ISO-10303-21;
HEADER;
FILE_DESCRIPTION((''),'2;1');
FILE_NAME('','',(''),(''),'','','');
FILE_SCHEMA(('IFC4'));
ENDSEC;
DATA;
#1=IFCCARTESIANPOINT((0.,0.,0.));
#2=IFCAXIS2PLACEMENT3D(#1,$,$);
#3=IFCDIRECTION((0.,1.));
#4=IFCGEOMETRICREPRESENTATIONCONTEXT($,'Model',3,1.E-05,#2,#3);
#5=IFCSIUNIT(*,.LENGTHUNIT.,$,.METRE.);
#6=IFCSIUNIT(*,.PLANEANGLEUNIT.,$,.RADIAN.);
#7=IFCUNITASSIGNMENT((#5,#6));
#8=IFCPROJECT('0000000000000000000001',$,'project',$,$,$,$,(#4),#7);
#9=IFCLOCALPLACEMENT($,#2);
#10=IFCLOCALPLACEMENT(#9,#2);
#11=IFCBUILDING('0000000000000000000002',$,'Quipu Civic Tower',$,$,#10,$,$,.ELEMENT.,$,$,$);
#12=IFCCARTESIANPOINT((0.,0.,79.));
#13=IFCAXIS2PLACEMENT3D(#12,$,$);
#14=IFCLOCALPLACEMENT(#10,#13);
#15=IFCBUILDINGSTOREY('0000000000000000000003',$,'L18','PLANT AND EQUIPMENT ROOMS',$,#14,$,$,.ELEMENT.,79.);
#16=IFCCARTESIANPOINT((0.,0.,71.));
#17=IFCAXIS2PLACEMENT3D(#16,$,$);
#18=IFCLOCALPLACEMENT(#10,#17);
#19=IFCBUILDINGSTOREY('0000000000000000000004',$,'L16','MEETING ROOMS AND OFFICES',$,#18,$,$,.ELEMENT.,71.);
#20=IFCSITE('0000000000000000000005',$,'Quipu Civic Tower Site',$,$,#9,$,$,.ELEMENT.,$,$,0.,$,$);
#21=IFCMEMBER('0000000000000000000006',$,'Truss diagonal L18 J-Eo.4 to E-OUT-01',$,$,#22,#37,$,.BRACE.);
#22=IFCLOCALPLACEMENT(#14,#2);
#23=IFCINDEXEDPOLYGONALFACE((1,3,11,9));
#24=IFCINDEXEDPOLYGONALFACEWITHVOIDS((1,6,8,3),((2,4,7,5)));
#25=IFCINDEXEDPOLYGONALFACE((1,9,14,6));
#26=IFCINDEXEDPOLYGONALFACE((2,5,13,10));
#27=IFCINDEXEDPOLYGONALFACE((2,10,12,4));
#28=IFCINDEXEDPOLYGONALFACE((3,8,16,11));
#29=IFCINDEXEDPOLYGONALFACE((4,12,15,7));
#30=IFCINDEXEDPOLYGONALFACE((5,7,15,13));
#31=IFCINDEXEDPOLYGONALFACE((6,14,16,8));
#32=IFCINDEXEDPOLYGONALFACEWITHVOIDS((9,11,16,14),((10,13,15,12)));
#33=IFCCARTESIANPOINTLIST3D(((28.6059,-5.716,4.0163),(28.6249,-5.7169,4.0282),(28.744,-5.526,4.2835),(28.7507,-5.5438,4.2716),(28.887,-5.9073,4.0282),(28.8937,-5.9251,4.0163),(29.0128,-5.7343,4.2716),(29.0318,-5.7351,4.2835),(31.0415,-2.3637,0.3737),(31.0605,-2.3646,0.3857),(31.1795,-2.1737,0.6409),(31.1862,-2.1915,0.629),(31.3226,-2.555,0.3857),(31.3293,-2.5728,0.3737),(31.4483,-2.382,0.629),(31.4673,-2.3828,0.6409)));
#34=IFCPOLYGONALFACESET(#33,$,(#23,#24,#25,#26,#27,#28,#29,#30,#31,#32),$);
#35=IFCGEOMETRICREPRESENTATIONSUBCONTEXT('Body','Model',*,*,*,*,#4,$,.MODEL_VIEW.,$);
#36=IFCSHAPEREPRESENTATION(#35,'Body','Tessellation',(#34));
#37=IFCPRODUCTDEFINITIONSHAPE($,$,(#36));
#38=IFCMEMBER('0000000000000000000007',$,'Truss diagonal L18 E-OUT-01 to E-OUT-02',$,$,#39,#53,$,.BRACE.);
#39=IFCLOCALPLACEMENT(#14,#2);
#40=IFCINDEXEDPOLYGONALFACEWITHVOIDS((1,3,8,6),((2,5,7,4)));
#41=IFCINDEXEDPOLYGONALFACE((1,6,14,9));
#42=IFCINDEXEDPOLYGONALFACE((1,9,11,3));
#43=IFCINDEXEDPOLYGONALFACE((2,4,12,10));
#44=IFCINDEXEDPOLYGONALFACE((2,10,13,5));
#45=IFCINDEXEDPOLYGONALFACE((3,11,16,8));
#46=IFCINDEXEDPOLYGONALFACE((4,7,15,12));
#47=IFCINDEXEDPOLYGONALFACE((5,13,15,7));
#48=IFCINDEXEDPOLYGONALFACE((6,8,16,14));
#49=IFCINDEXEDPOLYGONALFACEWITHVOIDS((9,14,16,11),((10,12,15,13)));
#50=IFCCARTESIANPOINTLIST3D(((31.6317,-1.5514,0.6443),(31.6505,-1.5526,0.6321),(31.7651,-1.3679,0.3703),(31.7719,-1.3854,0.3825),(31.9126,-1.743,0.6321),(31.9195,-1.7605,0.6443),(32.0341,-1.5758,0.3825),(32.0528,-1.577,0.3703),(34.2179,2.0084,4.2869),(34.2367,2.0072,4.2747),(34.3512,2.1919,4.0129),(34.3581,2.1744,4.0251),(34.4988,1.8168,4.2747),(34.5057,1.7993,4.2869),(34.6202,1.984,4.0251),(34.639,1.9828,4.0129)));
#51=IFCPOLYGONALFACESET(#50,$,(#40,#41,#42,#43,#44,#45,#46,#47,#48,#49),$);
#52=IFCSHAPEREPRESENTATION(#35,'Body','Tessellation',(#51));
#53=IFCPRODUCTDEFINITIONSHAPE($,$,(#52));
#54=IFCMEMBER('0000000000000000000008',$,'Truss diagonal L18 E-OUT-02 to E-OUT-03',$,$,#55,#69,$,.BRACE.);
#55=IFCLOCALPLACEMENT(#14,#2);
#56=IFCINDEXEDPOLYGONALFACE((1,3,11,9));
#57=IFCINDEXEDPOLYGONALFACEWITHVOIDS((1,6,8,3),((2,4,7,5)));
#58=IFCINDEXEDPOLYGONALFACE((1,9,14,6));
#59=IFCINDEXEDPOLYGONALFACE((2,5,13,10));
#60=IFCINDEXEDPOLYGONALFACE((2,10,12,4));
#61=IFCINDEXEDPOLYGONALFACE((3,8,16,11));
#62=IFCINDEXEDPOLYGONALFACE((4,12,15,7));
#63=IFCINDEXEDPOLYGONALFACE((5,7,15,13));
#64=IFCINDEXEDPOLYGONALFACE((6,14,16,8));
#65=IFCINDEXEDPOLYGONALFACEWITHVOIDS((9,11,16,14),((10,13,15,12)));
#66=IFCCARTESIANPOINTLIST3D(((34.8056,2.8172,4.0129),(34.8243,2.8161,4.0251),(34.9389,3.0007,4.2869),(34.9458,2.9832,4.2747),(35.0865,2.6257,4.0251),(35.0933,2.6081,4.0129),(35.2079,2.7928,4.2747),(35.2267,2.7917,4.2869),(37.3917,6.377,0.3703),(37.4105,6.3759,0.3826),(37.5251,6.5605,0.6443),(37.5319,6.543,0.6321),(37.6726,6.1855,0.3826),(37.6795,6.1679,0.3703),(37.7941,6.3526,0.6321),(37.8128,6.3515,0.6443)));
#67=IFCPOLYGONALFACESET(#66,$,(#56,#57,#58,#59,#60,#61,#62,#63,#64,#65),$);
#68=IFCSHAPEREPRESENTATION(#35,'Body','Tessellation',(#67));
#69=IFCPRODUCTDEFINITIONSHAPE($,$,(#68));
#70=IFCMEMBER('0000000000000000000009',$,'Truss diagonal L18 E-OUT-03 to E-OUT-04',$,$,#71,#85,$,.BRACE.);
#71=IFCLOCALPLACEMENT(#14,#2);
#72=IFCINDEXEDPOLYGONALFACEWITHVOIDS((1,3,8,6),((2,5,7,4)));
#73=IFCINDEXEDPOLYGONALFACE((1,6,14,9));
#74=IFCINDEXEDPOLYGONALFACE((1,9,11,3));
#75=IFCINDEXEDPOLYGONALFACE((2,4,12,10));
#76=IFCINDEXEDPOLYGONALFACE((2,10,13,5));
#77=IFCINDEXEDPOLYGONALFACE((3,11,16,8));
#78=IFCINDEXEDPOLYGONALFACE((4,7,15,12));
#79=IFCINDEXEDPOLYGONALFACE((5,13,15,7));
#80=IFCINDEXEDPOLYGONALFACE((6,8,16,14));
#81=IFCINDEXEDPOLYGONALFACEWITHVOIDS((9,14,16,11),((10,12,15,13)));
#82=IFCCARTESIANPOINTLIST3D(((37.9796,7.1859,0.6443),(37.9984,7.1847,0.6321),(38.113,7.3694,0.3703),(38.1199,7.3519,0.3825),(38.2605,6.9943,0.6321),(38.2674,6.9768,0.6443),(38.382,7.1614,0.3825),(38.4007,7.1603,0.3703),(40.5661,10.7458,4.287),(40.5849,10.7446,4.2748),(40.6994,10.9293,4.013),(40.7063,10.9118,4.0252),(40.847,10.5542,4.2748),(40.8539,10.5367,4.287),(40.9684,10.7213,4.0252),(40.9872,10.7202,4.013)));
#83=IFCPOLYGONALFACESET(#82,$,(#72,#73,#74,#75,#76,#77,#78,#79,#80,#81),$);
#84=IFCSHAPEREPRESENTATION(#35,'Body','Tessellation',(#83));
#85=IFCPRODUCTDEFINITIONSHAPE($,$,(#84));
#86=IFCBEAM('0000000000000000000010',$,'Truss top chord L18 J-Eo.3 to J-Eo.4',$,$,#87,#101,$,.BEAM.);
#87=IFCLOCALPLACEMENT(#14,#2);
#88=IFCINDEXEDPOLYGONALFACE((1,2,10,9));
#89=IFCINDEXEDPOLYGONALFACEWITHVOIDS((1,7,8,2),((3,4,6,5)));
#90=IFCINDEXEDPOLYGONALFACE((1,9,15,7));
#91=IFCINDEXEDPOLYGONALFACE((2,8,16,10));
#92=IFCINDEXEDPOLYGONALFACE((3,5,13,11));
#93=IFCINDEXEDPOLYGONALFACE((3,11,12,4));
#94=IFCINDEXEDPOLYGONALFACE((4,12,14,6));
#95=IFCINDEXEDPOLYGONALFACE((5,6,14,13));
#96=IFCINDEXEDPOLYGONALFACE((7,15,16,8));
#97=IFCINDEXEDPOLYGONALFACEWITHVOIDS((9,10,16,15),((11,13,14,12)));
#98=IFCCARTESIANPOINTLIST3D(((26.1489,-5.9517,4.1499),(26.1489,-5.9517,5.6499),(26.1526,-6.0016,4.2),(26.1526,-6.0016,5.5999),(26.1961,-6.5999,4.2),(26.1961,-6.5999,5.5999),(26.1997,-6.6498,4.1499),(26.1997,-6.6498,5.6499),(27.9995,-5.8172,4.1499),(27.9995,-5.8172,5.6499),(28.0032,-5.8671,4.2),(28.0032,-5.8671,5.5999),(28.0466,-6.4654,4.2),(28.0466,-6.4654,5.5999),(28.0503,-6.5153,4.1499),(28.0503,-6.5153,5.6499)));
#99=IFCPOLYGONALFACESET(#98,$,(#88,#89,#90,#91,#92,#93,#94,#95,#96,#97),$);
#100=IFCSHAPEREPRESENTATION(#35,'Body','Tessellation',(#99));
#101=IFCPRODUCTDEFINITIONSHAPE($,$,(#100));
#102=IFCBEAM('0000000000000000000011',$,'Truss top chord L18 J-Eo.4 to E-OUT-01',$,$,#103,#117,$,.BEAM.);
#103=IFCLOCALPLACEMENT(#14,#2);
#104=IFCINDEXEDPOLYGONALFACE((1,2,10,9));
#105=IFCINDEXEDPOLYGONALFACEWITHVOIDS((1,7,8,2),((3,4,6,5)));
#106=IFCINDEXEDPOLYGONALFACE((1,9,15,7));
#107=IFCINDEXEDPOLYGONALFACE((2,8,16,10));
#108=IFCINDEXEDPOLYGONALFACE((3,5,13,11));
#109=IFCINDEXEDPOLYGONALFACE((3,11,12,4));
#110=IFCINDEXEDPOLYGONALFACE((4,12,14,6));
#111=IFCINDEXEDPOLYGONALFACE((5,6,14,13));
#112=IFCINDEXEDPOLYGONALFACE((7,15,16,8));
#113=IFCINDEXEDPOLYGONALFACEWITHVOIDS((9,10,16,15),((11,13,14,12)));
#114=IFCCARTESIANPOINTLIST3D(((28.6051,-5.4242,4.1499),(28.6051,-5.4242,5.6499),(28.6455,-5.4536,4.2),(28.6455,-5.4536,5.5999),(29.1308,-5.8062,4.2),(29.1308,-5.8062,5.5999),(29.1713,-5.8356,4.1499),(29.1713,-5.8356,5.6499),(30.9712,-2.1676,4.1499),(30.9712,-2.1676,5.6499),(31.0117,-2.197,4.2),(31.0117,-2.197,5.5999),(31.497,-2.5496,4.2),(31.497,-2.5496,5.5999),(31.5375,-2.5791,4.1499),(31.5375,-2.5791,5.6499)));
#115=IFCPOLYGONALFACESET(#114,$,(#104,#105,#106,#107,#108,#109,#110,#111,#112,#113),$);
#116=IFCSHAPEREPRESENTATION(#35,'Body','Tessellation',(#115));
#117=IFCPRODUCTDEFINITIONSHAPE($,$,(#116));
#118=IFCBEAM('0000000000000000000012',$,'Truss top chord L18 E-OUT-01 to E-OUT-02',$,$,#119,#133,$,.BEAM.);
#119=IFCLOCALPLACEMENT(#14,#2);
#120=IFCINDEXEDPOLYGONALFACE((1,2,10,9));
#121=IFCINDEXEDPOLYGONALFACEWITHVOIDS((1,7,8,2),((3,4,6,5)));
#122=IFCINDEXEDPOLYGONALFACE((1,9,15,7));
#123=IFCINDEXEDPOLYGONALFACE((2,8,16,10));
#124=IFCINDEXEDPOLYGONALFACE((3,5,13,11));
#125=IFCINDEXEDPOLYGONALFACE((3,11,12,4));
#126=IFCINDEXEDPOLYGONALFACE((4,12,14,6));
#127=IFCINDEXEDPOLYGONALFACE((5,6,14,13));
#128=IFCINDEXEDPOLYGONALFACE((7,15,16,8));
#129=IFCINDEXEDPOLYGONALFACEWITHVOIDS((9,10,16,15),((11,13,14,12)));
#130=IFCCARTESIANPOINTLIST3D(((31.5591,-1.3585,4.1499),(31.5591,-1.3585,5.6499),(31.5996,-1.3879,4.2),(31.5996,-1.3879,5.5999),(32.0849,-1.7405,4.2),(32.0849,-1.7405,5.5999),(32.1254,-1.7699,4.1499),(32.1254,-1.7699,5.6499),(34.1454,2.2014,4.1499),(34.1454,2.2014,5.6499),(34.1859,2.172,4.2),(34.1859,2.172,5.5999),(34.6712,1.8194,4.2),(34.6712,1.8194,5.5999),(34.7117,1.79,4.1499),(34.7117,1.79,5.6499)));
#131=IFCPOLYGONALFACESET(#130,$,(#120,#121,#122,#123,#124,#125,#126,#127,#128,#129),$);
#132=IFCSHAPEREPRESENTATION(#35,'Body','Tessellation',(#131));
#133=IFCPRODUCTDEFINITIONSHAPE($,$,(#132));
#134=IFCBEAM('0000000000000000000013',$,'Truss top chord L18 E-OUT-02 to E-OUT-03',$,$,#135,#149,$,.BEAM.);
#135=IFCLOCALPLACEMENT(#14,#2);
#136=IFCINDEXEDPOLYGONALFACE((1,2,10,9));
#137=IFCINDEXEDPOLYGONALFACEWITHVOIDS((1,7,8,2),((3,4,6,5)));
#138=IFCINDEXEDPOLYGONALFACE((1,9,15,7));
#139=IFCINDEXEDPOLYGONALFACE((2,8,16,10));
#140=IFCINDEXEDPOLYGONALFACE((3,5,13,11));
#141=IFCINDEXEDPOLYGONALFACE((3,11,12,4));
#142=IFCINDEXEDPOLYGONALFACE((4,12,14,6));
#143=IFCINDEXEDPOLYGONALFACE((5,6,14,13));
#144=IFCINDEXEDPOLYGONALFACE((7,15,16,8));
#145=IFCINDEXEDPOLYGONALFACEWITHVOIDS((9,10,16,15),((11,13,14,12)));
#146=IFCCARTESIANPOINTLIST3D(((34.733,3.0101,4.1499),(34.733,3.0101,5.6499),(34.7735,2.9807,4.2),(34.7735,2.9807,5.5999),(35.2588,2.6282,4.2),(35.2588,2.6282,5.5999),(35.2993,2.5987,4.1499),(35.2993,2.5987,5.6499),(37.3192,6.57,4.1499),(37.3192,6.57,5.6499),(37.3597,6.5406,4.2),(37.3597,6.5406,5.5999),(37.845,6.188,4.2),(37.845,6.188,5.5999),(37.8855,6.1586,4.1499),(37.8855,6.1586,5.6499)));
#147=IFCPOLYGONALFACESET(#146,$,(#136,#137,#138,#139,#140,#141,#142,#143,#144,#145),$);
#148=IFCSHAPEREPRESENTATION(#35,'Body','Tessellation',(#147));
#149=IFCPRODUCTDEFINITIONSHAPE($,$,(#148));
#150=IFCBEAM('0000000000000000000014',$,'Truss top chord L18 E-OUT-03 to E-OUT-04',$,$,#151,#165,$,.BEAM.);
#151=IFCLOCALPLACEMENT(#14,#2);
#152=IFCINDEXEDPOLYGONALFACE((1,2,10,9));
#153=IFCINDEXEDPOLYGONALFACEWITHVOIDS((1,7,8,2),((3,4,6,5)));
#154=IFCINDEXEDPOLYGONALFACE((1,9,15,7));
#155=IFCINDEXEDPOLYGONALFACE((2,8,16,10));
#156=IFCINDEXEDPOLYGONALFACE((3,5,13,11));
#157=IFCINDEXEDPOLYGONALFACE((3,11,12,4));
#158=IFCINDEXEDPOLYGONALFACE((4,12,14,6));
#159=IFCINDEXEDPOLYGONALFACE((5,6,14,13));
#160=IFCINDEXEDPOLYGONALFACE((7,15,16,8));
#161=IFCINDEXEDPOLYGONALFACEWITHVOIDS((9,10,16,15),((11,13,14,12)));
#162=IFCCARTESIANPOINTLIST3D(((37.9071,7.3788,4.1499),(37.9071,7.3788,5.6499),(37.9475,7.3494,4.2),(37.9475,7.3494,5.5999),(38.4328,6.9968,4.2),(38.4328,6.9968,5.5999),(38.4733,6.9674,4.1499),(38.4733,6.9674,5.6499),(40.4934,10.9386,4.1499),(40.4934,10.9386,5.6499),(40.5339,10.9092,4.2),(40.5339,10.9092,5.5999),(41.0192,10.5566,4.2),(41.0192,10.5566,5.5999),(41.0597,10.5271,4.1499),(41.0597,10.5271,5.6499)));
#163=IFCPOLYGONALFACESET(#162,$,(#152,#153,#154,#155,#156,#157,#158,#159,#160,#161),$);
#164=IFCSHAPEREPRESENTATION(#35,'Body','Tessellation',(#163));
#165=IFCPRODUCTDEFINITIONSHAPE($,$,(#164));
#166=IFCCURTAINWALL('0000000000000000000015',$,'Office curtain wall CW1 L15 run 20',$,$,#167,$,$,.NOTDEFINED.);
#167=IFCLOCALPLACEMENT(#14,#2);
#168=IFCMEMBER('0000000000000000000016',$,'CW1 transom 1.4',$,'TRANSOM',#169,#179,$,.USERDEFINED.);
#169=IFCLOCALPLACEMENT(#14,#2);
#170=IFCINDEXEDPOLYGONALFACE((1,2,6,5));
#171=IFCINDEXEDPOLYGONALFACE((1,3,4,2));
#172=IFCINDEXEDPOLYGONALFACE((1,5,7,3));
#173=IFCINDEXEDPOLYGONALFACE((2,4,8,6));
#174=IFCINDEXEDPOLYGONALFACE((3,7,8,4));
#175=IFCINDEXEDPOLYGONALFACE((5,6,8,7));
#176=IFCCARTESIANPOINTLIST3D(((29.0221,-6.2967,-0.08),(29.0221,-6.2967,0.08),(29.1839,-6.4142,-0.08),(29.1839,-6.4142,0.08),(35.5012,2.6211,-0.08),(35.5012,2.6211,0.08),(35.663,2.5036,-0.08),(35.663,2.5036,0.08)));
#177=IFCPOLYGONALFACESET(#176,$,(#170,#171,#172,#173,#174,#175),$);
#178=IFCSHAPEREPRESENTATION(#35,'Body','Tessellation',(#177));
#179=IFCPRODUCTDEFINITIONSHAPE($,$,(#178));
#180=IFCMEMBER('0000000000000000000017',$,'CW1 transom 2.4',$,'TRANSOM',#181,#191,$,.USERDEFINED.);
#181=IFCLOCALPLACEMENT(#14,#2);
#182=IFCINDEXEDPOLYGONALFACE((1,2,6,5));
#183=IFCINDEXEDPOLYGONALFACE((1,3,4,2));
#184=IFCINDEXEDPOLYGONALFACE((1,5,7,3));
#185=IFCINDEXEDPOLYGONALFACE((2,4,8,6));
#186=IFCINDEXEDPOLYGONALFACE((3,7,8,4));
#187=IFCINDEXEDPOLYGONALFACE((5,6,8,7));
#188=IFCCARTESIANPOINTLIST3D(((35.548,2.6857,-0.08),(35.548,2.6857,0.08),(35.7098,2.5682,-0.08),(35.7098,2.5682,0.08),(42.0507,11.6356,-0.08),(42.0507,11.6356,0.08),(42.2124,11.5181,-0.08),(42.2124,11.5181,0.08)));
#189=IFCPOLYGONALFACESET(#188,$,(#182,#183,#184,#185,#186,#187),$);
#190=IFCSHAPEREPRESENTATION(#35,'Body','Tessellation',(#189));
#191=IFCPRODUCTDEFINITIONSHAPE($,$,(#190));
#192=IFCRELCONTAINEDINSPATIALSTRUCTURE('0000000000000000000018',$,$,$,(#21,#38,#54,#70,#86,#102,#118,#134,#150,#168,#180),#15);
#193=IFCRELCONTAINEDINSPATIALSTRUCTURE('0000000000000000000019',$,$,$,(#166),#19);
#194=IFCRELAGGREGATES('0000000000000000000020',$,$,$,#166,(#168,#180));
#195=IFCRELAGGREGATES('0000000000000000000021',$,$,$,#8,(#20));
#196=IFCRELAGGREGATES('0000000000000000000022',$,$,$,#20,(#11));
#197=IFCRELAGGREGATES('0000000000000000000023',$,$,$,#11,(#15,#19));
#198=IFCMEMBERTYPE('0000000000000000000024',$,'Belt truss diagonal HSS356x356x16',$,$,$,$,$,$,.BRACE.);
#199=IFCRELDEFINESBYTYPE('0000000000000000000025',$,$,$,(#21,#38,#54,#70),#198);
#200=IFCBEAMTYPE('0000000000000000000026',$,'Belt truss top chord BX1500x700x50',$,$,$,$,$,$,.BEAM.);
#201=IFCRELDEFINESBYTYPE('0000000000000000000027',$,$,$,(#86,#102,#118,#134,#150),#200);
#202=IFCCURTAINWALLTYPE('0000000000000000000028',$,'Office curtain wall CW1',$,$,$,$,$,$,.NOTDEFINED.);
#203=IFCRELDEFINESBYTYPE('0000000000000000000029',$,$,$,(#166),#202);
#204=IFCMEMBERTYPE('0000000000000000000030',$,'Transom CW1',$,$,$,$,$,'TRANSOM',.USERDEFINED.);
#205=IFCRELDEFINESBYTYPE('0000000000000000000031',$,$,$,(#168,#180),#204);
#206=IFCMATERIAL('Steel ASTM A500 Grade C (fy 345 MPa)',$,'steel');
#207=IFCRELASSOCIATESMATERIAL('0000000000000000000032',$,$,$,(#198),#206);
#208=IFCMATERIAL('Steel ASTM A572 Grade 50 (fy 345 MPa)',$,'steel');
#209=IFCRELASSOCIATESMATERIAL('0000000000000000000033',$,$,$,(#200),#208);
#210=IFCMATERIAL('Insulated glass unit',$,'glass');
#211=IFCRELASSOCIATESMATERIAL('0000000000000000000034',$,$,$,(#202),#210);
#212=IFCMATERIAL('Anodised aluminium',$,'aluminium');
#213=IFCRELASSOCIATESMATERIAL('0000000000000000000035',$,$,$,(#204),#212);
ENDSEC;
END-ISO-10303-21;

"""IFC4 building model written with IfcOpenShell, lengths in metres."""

from ifc_helpers import new_model, si_unit, direction, frame, origin, origin_2d, place, context, subcontext, project, spatial, rectangle, hollow_rectangle, extrude, material, material_profile, profile_set, type_object, element, aggregate, save


model = new_model("IFC4")

# Units and contexts
model_context = context("Model", 3, precision=1e-05, world=origin(), true_north=direction((0.0, 1.0)))
body_context = subcontext(model_context, "Body", "Model", "MODEL_VIEW")
ifc_project = project(units=[si_unit("LENGTHUNIT", "METRE"), si_unit("PLANEANGLEUNIT", "RADIAN")], contexts=[model_context])

# Site, building, storey
site_placement = place(None, origin())
site = spatial("IfcSite", under=ifc_project, at=site_placement, Name="Quipu Civic Tower Site", CompositionType="ELEMENT", RefElevation=0.0)
building_placement = place(site_placement, origin())
building = spatial("IfcBuilding", under=site, at=building_placement, Name="Quipu Civic Tower", CompositionType="ELEMENT")
storey_1_placement = place(building_placement, frame((0.0, 0.0, 79.0)))
storey_1 = spatial("IfcBuildingStorey", under=building, at=storey_1_placement, Name="L18", Description="PLANT AND EQUIPMENT ROOMS", CompositionType="ELEMENT", Elevation=79.0)

# Members
ifc_material_1 = material(Name="Steel ASTM A500 Grade C (fy 345 MPa)", Category="steel")
ifc_material_profile_1 = material_profile(ifc_material_1, hollow_rectangle(XDim=0.3557, YDim=0.3557, WallThickness=0.0159, at=origin_2d()), Name="HSS356x356x16")
ifc_profile_set_1 = profile_set([ifc_material_profile_1], Name="Steel ASTM A500 Grade C (fy 345 MPa)")
member_type_1 = type_object("IfcMemberType", Name="Belt truss diagonal HSS356x356x16", PredefinedType="BRACE", material=ifc_profile_set_1)
member_1_placement = place(storey_1_placement, frame((28.8188, -5.7256, 4.1499), z_axis=(0.441456, 0.607621, -0.660237), x_axis=(-0.809021, 0.587779, 0.0)))
element("IfcMember", 1, at=member_1_placement, inside=storey_1, type_object=member_type_1, Name="Truss diagonal L18 J-Eo.4 to E-OUT-01", PredefinedType="BRACE", context=body_context, shape_type="SweptSolid", body=[
    extrude(hollow_rectangle(XDim=0.3557, YDim=0.3557, WallThickness=0.0159, at=origin_2d()), origin(), (0.0, 0.0, 1.0), 5.5171),
])
for number, where, z_axis, x_axis, name in (
    (2, (31.8423, -1.5642, 0.5073), (0.452749, 0.623197, 0.637686), (-0.809036, 0.587759, 0.0), "Truss diagonal L18 E-OUT-01 to E-OUT-02"),
    (3, (35.0161, 2.8044, 4.1499), (0.452749, 0.623197, -0.637686), (-0.809036, 0.587759, 0.0), "Truss diagonal L18 E-OUT-02 to E-OUT-03"),
):
    element("IfcMember", number, at=place(storey_1_placement, frame(where, z_axis=z_axis, x_axis=x_axis)), inside=storey_1, type_object=member_type_1, Name=name, PredefinedType="BRACE", context=body_context, shape_type="SweptSolid", body=[
        extrude(hollow_rectangle(XDim=0.3557, YDim=0.3557, WallThickness=0.0159, at=origin_2d()), origin(), (0.0, 0.0, 1.0), 5.7122),
    ])
member_2_placement = place(storey_1_placement, frame((38.1902, 7.1731, 0.5073), z_axis=(0.452783, 0.623185, 0.637674), x_axis=(-0.80901, 0.587796, 0.0)))
element("IfcMember", 4, at=member_2_placement, inside=storey_1, type_object=member_type_1, Name="Truss diagonal L18 E-OUT-03 to E-OUT-04", PredefinedType="BRACE", context=body_context, shape_type="SweptSolid", body=[
    extrude(hollow_rectangle(XDim=0.3557, YDim=0.3557, WallThickness=0.0159, at=origin_2d()), origin(), (0.0, 0.0, 1.0), 5.7124),
])

# Beams
ifc_material_2 = material(Name="Steel ASTM A572 Grade 50 (fy 345 MPa)", Category="steel")
ifc_material_profile_2 = material_profile(ifc_material_2, hollow_rectangle(XDim=0.7, YDim=1.5, WallThickness=0.05, at=origin_2d()), Name="BX1500x700x50")
ifc_profile_set_2 = profile_set([ifc_material_profile_2], Name="Steel ASTM A572 Grade 50 (fy 345 MPa)")
beam_type_1 = type_object("IfcBeamType", Name="Belt truss top chord BX1500x700x50", PredefinedType="BEAM", material=ifc_profile_set_2)
beam_1_placement = place(storey_1_placement, frame((26.1743, -6.3008, 4.8999), z_axis=(0.997368, 0.0725, 0.0), x_axis=(-0.0725, 0.997368, 0.0)))
element("IfcBeam", 5, at=beam_1_placement, inside=storey_1, type_object=beam_type_1, Name="Truss top chord L18 J-Eo.3 to J-Eo.4", PredefinedType="BEAM", context=body_context, shape_type="SweptSolid", body=[
    extrude(hollow_rectangle(XDim=0.7, YDim=1.5, WallThickness=0.05, at=origin_2d()), origin(), (0.0, 0.0, 1.0), 1.8555),
])
beam_2_placement = place(storey_1_placement, frame((28.8882, -5.6299, 4.8999), z_axis=(0.587811, 0.808998, 0.0), x_axis=(-0.808998, 0.587811, 0.0)))
element("IfcBeam", 6, at=beam_2_placement, inside=storey_1, type_object=beam_type_1, Name="Truss top chord L18 J-Eo.4 to E-OUT-01", PredefinedType="BEAM", context=body_context, shape_type="SweptSolid", body=[
    extrude(hollow_rectangle(XDim=0.7, YDim=1.5, WallThickness=0.05, at=origin_2d()), origin(), (0.0, 0.0, 1.0), 4.0254),
])
for number, where, z_axis, x_axis, name in (
    (7, (31.8423, -1.5642, 4.8999), (0.587759, 0.809036, 0.0), (-0.809036, 0.587759, 0.0), "Truss top chord L18 E-OUT-01 to E-OUT-02"),
    (8, (35.0161, 2.8044, 4.8999), (0.587759, 0.809036, 0.0), (-0.809036, 0.587759, 0.0), "Truss top chord L18 E-OUT-02 to E-OUT-03"),
    (9, (38.1902, 7.1731, 4.8999), (0.587796, 0.80901, 0.0), (-0.80901, 0.587796, 0.0), "Truss top chord L18 E-OUT-03 to E-OUT-04"),
):
    element("IfcBeam", number, at=place(storey_1_placement, frame(where, z_axis=z_axis, x_axis=x_axis)), inside=storey_1, type_object=beam_type_1, Name=name, PredefinedType="BEAM", context=body_context, shape_type="SweptSolid", body=[
        extrude(hollow_rectangle(XDim=0.7, YDim=1.5, WallThickness=0.05, at=origin_2d()), origin(), (0.0, 0.0, 1.0), 4.4001),
    ])

# Shared definitions
storey_2_placement = place(building_placement, frame((0.0, 0.0, 71.0)))
storey_2 = spatial("IfcBuildingStorey", under=building, at=storey_2_placement, Name="L16", Description="MEETING ROOMS AND OFFICES", CompositionType="ELEMENT", Elevation=71.0)

# Curtain wall, members
ifc_material_3 = material(Name="Insulated glass unit", Category="glass")
curtain_wall_type = type_object("IfcCurtainWallType", Name="Office curtain wall CW1", PredefinedType="NOTDEFINED", material=ifc_material_3)
curtain_wall_placement = place(storey_2_placement, origin())
curtain_wall = element("IfcCurtainWall", 10, at=curtain_wall_placement, inside=storey_2, type_object=curtain_wall_type, Name="Office curtain wall CW1 L15 run 20", PredefinedType="NOTDEFINED")
ifc_material_4 = material(Name="Anodised aluminium", Category="aluminium")
ifc_material_profile_3 = material_profile(ifc_material_4, rectangle(XDim=0.2, YDim=0.1599, at=origin_2d()), Name="RECT 200x160")
ifc_profile_set_3 = profile_set([ifc_material_profile_3], Name="Anodised aluminium")
member_type_2 = type_object("IfcMemberType", Name="Transom CW1", ElementType="TRANSOM", PredefinedType="USERDEFINED", material=ifc_profile_set_3)
member_3_placement = place(storey_1_placement, frame((29.103, -6.3555, 0.0), z_axis=(0.587779, 0.809021, 0.0), x_axis=(-0.809021, 0.587779, 0.0)))
member_3 = element("IfcMember", 11, at=member_3_placement, inside=storey_1, type_object=member_type_2, Name="CW1 transom 1.4", ObjectType="TRANSOM", PredefinedType="USERDEFINED", context=body_context, shape_type="SweptSolid", body=[
    extrude(rectangle(XDim=0.2, YDim=0.1599, at=origin_2d()), origin(), (0.0, 0.0, 1.0), 11.0229),
])
member_4_placement = place(storey_1_placement, frame((35.6289, 2.627, 0.0), z_axis=(0.587795, 0.80901, 0.0), x_axis=(-0.80901, 0.587795, 0.0)))
member_4 = element("IfcMember", 12, at=member_4_placement, inside=storey_1, type_object=member_type_2, Name="CW1 transom 2.4", ObjectType="TRANSOM", PredefinedType="USERDEFINED", context=body_context, shape_type="SweptSolid", body=[
    extrude(rectangle(XDim=0.2, YDim=0.1599, at=origin_2d()), origin(), (0.0, 0.0, 1.0), 11.0627),
])
aggregate(curtain_wall, [member_3, member_4])

save(model, "model.ifc")
